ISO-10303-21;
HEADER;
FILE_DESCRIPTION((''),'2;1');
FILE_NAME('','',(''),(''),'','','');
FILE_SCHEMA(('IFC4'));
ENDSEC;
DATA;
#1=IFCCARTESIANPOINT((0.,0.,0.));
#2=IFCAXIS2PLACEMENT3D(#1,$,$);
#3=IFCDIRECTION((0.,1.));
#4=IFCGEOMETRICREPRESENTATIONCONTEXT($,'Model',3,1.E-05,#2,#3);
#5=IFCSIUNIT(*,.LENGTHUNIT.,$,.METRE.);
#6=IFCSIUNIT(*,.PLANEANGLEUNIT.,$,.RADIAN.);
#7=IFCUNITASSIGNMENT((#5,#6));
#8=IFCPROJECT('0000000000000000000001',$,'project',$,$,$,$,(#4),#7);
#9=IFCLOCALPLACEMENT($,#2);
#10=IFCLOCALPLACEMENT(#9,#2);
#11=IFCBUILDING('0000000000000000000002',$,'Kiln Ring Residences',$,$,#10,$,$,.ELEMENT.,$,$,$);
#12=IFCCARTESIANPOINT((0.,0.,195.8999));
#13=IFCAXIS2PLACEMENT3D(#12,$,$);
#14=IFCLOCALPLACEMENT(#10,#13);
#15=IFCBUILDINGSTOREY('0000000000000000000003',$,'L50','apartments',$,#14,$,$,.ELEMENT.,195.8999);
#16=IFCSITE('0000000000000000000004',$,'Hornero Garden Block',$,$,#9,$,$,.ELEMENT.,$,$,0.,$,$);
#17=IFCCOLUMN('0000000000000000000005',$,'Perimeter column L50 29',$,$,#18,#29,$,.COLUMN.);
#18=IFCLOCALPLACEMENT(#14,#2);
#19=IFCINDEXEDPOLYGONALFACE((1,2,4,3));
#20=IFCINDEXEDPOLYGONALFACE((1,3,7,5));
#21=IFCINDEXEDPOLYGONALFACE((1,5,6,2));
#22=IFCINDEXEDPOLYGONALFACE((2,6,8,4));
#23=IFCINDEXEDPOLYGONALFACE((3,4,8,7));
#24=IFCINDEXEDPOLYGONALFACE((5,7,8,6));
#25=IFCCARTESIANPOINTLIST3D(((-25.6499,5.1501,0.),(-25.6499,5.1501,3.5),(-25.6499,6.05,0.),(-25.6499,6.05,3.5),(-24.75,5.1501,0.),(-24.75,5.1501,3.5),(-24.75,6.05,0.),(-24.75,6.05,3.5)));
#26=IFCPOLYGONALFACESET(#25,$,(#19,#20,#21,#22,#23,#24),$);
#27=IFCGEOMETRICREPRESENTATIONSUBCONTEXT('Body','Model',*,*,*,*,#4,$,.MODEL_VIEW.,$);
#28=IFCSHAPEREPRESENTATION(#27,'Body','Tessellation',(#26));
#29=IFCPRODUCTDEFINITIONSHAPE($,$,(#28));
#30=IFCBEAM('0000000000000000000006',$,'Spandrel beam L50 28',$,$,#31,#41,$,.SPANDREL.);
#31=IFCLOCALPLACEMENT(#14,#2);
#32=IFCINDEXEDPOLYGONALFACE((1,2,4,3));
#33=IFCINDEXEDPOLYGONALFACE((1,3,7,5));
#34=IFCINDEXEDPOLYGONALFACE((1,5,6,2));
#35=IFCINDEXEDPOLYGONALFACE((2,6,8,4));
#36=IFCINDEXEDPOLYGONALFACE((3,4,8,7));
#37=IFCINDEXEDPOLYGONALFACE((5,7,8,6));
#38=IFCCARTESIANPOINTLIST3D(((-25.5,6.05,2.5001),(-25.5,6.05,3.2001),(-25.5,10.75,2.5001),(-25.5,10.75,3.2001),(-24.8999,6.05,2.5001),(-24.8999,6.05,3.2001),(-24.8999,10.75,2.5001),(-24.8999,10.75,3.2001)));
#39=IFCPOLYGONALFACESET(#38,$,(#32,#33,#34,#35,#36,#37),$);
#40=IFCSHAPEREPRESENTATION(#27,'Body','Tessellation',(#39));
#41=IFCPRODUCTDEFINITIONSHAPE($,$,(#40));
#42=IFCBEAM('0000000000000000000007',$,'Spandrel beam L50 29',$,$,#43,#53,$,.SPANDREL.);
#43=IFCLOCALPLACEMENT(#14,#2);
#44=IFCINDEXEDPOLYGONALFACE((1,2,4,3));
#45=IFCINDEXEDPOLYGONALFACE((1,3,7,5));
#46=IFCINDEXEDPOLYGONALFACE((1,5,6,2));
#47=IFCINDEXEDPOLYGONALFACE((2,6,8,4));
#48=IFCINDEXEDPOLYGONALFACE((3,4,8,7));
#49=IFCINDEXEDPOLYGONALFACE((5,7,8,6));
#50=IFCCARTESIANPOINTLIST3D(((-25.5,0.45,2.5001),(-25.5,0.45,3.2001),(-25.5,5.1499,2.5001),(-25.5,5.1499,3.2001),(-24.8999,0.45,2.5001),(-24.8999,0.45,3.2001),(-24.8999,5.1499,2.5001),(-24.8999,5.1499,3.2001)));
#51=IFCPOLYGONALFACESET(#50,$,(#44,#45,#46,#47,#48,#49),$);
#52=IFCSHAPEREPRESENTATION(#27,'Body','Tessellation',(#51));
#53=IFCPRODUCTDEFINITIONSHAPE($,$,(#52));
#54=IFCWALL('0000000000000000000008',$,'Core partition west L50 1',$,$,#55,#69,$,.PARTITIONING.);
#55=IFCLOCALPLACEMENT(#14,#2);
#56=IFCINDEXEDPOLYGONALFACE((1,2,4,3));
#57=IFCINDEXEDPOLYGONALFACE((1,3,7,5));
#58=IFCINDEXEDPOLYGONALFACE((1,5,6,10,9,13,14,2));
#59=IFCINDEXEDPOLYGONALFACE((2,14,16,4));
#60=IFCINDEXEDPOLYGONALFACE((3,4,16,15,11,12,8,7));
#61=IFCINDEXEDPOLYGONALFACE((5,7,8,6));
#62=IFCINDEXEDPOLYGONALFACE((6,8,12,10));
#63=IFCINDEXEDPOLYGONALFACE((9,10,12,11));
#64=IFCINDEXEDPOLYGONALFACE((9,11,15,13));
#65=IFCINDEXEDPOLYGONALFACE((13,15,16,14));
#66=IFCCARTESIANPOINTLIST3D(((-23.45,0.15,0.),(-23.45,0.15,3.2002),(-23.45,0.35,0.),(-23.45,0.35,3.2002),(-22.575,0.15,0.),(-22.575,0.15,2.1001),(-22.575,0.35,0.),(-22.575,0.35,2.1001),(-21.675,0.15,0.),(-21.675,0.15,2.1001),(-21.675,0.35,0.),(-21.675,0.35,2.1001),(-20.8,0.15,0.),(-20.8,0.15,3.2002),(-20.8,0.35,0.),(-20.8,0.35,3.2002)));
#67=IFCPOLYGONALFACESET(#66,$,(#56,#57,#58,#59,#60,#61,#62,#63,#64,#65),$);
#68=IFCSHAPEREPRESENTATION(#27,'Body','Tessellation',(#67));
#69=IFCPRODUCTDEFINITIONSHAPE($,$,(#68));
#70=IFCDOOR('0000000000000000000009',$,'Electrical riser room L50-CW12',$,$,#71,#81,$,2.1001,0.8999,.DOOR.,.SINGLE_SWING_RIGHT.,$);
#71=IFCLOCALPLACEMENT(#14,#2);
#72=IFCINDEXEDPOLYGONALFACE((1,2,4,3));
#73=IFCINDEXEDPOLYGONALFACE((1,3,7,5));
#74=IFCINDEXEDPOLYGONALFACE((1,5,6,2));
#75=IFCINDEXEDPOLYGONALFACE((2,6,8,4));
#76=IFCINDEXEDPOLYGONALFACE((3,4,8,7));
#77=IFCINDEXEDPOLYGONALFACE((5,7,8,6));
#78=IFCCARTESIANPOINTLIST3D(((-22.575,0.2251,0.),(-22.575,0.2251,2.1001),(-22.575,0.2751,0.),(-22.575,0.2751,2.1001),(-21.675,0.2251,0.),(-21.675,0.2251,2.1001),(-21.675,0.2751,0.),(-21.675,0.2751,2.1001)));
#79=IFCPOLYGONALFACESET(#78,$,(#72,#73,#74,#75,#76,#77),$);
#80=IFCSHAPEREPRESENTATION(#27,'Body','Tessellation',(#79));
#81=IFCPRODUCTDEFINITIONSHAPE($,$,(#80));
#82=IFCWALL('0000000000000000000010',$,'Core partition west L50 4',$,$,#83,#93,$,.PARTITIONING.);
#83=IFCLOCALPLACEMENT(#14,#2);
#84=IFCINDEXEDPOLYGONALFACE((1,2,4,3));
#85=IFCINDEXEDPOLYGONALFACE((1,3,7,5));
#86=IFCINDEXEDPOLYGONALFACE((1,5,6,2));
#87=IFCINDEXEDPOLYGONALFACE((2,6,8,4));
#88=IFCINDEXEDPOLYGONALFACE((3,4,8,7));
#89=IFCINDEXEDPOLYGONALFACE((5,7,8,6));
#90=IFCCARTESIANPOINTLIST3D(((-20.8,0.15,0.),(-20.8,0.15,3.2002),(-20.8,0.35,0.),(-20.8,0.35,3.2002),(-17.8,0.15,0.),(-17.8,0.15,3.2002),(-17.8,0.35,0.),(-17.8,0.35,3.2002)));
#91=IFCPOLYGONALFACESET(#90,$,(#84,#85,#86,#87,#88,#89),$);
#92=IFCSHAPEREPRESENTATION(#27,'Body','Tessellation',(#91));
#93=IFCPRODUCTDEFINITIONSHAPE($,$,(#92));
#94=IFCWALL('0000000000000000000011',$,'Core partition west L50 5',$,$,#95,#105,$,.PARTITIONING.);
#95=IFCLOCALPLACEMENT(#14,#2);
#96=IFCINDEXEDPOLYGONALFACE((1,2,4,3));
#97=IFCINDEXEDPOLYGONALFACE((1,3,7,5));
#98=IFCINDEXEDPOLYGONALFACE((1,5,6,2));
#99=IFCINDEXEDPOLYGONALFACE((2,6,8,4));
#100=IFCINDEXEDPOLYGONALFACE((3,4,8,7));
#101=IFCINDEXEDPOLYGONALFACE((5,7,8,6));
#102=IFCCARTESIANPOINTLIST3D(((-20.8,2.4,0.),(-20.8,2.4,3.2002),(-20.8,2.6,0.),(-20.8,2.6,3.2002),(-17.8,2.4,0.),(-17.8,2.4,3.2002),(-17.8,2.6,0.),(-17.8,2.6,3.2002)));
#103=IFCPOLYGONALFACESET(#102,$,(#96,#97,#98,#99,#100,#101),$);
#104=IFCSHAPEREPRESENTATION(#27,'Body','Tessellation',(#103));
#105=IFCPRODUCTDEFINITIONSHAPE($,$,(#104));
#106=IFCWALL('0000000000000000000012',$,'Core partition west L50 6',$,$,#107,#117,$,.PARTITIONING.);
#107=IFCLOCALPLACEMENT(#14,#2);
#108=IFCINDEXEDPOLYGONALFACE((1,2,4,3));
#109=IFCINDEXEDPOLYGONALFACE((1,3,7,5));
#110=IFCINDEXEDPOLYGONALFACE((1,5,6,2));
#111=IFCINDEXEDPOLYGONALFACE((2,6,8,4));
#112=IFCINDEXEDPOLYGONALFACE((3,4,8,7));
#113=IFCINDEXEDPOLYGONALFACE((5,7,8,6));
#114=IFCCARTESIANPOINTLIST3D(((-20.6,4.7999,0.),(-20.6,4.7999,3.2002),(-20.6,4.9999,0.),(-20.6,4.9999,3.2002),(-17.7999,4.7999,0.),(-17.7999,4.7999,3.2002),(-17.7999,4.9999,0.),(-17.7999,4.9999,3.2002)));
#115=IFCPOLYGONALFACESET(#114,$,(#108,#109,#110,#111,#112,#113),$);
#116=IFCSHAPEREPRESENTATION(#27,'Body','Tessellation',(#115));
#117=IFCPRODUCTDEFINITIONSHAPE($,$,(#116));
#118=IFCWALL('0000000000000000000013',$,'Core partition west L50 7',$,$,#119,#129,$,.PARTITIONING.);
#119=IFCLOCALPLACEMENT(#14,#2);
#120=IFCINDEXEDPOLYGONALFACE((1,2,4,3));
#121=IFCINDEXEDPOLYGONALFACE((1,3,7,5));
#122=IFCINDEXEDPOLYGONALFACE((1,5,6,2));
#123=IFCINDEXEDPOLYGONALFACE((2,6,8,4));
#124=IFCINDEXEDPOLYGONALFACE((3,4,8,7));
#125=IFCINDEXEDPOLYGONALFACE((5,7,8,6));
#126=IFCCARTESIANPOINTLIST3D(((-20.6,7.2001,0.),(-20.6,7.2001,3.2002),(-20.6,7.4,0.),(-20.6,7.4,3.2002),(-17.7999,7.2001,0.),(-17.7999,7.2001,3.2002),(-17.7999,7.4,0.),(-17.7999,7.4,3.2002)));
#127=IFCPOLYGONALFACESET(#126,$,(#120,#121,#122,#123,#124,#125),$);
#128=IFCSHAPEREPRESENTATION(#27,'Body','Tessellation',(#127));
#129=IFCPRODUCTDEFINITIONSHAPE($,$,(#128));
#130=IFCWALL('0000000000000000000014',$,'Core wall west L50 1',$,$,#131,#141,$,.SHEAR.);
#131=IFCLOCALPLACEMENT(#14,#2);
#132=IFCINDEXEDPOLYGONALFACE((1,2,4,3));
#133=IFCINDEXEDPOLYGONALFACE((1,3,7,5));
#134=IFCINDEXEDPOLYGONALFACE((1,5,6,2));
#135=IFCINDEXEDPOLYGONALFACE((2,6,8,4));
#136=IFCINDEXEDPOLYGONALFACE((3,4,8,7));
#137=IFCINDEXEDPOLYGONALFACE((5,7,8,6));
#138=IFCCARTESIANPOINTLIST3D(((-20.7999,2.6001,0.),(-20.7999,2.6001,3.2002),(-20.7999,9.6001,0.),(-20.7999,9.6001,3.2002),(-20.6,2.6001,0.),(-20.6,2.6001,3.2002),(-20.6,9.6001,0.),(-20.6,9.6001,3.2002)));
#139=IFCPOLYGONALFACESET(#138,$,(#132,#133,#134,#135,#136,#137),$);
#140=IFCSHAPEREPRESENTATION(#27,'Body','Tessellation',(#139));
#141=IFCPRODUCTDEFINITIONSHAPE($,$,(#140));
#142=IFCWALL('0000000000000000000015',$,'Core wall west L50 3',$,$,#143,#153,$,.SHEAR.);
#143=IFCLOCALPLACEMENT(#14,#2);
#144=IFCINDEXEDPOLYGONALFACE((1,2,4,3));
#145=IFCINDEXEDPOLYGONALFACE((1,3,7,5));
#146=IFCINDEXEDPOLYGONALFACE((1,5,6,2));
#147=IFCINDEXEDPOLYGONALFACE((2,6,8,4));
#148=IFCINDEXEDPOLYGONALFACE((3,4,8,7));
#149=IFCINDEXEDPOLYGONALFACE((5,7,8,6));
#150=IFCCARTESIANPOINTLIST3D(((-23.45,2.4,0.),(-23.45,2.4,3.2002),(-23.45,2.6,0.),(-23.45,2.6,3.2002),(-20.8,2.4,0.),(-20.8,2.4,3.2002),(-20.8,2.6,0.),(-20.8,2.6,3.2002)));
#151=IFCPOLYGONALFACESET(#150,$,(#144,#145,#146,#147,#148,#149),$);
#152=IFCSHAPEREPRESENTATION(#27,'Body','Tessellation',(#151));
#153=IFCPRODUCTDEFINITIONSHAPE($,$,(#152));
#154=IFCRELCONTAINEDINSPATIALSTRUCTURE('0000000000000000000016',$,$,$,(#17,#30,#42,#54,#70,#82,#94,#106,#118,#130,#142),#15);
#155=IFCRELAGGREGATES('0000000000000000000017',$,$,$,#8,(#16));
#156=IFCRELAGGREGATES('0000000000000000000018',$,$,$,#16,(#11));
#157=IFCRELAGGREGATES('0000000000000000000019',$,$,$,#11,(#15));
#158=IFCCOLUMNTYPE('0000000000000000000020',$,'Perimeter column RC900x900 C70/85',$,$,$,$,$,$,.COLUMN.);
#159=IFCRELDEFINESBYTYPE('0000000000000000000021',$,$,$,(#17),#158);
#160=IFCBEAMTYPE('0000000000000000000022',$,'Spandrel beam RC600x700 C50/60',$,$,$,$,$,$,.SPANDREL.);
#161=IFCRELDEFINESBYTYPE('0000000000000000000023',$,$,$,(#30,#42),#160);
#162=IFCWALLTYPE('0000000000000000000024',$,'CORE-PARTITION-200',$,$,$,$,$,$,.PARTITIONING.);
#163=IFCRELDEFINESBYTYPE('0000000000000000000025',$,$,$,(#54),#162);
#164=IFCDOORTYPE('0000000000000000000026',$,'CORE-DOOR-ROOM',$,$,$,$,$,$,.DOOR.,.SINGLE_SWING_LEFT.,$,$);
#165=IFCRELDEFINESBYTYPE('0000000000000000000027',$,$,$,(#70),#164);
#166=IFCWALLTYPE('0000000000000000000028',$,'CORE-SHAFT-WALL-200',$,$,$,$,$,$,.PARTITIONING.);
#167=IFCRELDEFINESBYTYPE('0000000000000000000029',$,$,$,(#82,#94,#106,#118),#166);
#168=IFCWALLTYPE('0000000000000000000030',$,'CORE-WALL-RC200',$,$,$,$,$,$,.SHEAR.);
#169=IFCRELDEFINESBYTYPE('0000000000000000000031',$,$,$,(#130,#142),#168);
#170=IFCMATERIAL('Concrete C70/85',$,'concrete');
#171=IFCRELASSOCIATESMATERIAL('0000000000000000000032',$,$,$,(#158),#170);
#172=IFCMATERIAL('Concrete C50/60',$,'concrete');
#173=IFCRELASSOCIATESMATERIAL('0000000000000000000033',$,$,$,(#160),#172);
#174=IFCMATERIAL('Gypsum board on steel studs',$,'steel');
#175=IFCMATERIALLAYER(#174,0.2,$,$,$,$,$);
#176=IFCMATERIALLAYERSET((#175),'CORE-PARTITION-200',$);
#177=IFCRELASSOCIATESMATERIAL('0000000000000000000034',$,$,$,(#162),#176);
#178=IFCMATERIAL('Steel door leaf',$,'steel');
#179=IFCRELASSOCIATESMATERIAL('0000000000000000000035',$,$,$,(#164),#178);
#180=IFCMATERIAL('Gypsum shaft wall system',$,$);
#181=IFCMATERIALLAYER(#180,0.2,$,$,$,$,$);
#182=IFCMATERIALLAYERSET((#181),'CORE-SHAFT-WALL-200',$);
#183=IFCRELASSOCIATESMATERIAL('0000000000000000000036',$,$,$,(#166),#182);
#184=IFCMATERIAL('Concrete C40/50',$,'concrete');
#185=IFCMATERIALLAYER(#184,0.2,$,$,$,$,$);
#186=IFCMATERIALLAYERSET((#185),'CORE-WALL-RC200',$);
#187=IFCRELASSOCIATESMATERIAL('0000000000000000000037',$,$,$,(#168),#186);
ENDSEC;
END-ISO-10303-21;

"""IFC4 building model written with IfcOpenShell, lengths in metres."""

from ifc_helpers import new_model, si_unit, direction, frame, frame_2d, origin, origin_2d, place, context, subcontext, project, spatial, rectangle, extrude, material, layer, layer_set, material_profile, profile_set, type_object, element, fill, save


model = new_model("IFC4")

# Units and contexts
model_context = context("Model", 3, precision=1e-05, world=origin(), true_north=direction((0.0, 1.0)))
body_context = subcontext(model_context, "Body", "Model", "MODEL_VIEW")
ifc_project = project(units=[si_unit("LENGTHUNIT", "METRE"), si_unit("PLANEANGLEUNIT", "RADIAN")], contexts=[model_context])

# Site, building, storey
site_placement = place(None, origin())
site = spatial("IfcSite", under=ifc_project, at=site_placement, Name="Hornero Garden Block", CompositionType="ELEMENT", RefElevation=0.0)
building_placement = place(site_placement, origin())
building = spatial("IfcBuilding", under=site, at=building_placement, Name="Kiln Ring Residences", CompositionType="ELEMENT")
storey_placement = place(building_placement, frame((0.0, 0.0, 195.8999)))
storey = spatial("IfcBuildingStorey", under=building, at=storey_placement, Name="L50", Description="apartments", CompositionType="ELEMENT", Elevation=195.8999)

# Column
ifc_material_1 = material(Name="Concrete C70/85", Category="concrete")
ifc_material_profile_1 = material_profile(ifc_material_1, rectangle(XDim=0.8999, YDim=0.8999, at=origin_2d()), Name="RC900x900")
ifc_profile_set_1 = profile_set([ifc_material_profile_1], Name="Concrete C70/85")
column_type = type_object("IfcColumnType", Name="Perimeter column RC900x900 C70/85", PredefinedType="COLUMN", material=ifc_profile_set_1)
column_placement = place(storey_placement, frame((-25.2, 5.6001, 0.0), z_axis=(0.0, 0.0, 1.0), x_axis=(1.0, 0.0, 0.0)))
element("IfcColumn", 1, at=column_placement, inside=storey, type_object=column_type, Name="Perimeter column L50 29", PredefinedType="COLUMN", context=body_context, shape_type="SweptSolid", body=[
    extrude(rectangle(XDim=0.8999, YDim=0.8999, at=origin_2d()), origin(), (0.0, 0.0, 1.0), 3.5),
])

# Beams
ifc_material_2 = material(Name="Concrete C50/60", Category="concrete")
ifc_material_profile_2 = material_profile(ifc_material_2, rectangle(XDim=0.6001, YDim=0.7, at=origin_2d()), Name="RC600x700")
ifc_profile_set_2 = profile_set([ifc_material_profile_2], Name="Concrete C50/60")
beam_type = type_object("IfcBeamType", Name="Spandrel beam RC600x700 C50/60", PredefinedType="SPANDREL", material=ifc_profile_set_2)
for number, where, z_axis, x_axis, name in (
    (2, (-25.2, 10.75, 2.8501), (0.0, -1.0, 0.0), (1.0, 0.0, 0.0), "Spandrel beam L50 28"),
    (3, (-25.2, 5.1499, 2.8501), (0.0, -1.0, 0.0), (1.0, 0.0, 0.0), "Spandrel beam L50 29"),
):
    element("IfcBeam", number, at=place(storey_placement, frame(where, z_axis=z_axis, x_axis=x_axis)), inside=storey, type_object=beam_type, Name=name, PredefinedType="SPANDREL", context=body_context, shape_type="SweptSolid", body=[
        extrude(rectangle(XDim=0.6001, YDim=0.7, at=origin_2d()), origin(), (0.0, 0.0, 1.0), 4.7),
    ])

# Wall, opening, door
ifc_material_3 = material(Name="Gypsum board on steel studs", Category="steel")
ifc_layer_1 = layer(ifc_material_3, 0.2)
ifc_layer_set_1 = layer_set([ifc_layer_1], Name="CORE-PARTITION-200")
wall_type_1 = type_object("IfcWallType", Name="CORE-PARTITION-200", PredefinedType="PARTITIONING", material=ifc_layer_set_1)
wall_1_placement = place(storey_placement, frame((-20.8, 0.25, 0.0), z_axis=(0.0, 0.0, 1.0), x_axis=(-1.0, 0.0, 0.0)))
wall_1 = element("IfcWall", 4, at=wall_1_placement, inside=storey, type_object=wall_type_1, Name="Core partition west L50 1", PredefinedType="PARTITIONING", context=body_context, shape_type="SweptSolid", body=[
    extrude(rectangle(XDim=2.6499, YDim=0.2, at=frame_2d((1.325, 0.0))), origin(), (0.0, 0.0, 1.0), 3.2002),
])
opening_1_placement = place(wall_1_placement, frame((0.875, 0.0, 0.0)))
opening_1 = element("IfcOpeningElement", 5, at=opening_1_placement, cuts=wall_1, PredefinedType="OPENING", context=body_context, shape_type="SweptSolid", body=[
    extrude(rectangle(XDim=0.8999, YDim=2.1001, at=frame_2d((0.45, 1.05))), frame((0.0, 0.1099, 0.0), z_axis=(0.0, -1.0, 0.0), x_axis=(1.0, 0.0, 0.0)), (0.0, 0.0, 1.0), 0.22),
])
ifc_material_4 = material(Name="Steel door leaf", Category="steel")
door_type_1 = type_object("IfcDoorType", Name="CORE-DOOR-ROOM", OperationType="SINGLE_SWING_LEFT", PredefinedType="DOOR", material=ifc_material_4)
door_1_placement = place(opening_1_placement, origin())
door_1 = element("IfcDoor", 6, at=door_1_placement, inside=storey, type_object=door_type_1, Name="Electrical riser room L50-CW12", OperationType="SINGLE_SWING_RIGHT", OverallHeight=2.1001, OverallWidth=0.8999, PredefinedType="DOOR", context=body_context, shape_type="SweptSolid", body=[
    extrude(rectangle(XDim=0.8999, YDim=2.1001, at=frame_2d((0.45, 1.05))), frame((0.0, 0.0249, 0.0), z_axis=(0.0, -1.0, 0.0), x_axis=(1.0, 0.0, 0.0)), (0.0, 0.0, 1.0), 0.05),
])
fill(opening_1, door_1)

# Walls
ifc_material_5 = material(Name="Gypsum shaft wall system")
ifc_layer_2 = layer(ifc_material_5, 0.2)
ifc_layer_set_2 = layer_set([ifc_layer_2], Name="CORE-SHAFT-WALL-200")
wall_type_2 = type_object("IfcWallType", Name="CORE-SHAFT-WALL-200", PredefinedType="PARTITIONING", material=ifc_layer_set_2)
for number, where, z_axis, x_axis, name in (
    (7, (-17.8, 0.25, 0.0), (0.0, 0.0, 1.0), (-1.0, 0.0, 0.0), "Core partition west L50 4"),
    (8, (-17.8, 2.5, 0.0), (0.0, 0.0, 1.0), (-1.0, 0.0, 0.0), "Core partition west L50 5"),
):
    element("IfcWall", number, at=place(storey_placement, frame(where, z_axis=z_axis, x_axis=x_axis)), inside=storey, type_object=wall_type_2, Name=name, PredefinedType="PARTITIONING", context=body_context, shape_type="SweptSolid", body=[
        extrude(rectangle(XDim=3.0, YDim=0.2, at=frame_2d((1.5, 0.0))), origin(), (0.0, 0.0, 1.0), 3.2002),
    ])
for number, where, z_axis, x_axis, name in (
    (9, (-17.8, 4.8999, 0.0), (0.0, 0.0, 1.0), (-1.0, 0.0, 0.0), "Core partition west L50 6"),
    (10, (-17.8, 7.3, 0.0), (0.0, 0.0, 1.0), (-1.0, 0.0, 0.0), "Core partition west L50 7"),
):
    element("IfcWall", number, at=place(storey_placement, frame(where, z_axis=z_axis, x_axis=x_axis)), inside=storey, type_object=wall_type_2, Name=name, PredefinedType="PARTITIONING", context=body_context, shape_type="SweptSolid", body=[
        extrude(rectangle(XDim=2.8, YDim=0.2, at=frame_2d((1.3999, 0.0))), origin(), (0.0, 0.0, 1.0), 3.2002),
    ])
ifc_material_6 = material(Name="Concrete C40/50", Category="concrete")
ifc_layer_3 = layer(ifc_material_6, 0.2)
ifc_layer_set_3 = layer_set([ifc_layer_3], Name="CORE-WALL-RC200")
wall_type_3 = type_object("IfcWallType", Name="CORE-WALL-RC200", PredefinedType="SHEAR", material=ifc_layer_set_3)
wall_2_placement = place(storey_placement, frame((-20.7, 2.6001, 0.0), z_axis=(0.0, 0.0, 1.0), x_axis=(0.0, 1.0, 0.0)))
element("IfcWall", 11, at=wall_2_placement, inside=storey, type_object=wall_type_3, Name="Core wall west L50 1", PredefinedType="SHEAR", context=body_context, shape_type="SweptSolid", body=[
    extrude(rectangle(XDim=7.0, YDim=0.2, at=frame_2d((3.5, 0.0))), origin(), (0.0, 0.0, 1.0), 3.2002),
])
wall_3_placement = place(storey_placement, frame((-20.8, 2.5, 0.0), z_axis=(0.0, 0.0, 1.0), x_axis=(-1.0, 0.0, 0.0)))
element("IfcWall", 12, at=wall_3_placement, inside=storey, type_object=wall_type_3, Name="Core wall west L50 3", PredefinedType="SHEAR", context=body_context, shape_type="SweptSolid", body=[
    extrude(rectangle(XDim=2.6499, YDim=0.2, at=frame_2d((1.325, 0.0))), origin(), (0.0, 0.0, 1.0), 3.2002),
])

save(model, "model.ifc")
